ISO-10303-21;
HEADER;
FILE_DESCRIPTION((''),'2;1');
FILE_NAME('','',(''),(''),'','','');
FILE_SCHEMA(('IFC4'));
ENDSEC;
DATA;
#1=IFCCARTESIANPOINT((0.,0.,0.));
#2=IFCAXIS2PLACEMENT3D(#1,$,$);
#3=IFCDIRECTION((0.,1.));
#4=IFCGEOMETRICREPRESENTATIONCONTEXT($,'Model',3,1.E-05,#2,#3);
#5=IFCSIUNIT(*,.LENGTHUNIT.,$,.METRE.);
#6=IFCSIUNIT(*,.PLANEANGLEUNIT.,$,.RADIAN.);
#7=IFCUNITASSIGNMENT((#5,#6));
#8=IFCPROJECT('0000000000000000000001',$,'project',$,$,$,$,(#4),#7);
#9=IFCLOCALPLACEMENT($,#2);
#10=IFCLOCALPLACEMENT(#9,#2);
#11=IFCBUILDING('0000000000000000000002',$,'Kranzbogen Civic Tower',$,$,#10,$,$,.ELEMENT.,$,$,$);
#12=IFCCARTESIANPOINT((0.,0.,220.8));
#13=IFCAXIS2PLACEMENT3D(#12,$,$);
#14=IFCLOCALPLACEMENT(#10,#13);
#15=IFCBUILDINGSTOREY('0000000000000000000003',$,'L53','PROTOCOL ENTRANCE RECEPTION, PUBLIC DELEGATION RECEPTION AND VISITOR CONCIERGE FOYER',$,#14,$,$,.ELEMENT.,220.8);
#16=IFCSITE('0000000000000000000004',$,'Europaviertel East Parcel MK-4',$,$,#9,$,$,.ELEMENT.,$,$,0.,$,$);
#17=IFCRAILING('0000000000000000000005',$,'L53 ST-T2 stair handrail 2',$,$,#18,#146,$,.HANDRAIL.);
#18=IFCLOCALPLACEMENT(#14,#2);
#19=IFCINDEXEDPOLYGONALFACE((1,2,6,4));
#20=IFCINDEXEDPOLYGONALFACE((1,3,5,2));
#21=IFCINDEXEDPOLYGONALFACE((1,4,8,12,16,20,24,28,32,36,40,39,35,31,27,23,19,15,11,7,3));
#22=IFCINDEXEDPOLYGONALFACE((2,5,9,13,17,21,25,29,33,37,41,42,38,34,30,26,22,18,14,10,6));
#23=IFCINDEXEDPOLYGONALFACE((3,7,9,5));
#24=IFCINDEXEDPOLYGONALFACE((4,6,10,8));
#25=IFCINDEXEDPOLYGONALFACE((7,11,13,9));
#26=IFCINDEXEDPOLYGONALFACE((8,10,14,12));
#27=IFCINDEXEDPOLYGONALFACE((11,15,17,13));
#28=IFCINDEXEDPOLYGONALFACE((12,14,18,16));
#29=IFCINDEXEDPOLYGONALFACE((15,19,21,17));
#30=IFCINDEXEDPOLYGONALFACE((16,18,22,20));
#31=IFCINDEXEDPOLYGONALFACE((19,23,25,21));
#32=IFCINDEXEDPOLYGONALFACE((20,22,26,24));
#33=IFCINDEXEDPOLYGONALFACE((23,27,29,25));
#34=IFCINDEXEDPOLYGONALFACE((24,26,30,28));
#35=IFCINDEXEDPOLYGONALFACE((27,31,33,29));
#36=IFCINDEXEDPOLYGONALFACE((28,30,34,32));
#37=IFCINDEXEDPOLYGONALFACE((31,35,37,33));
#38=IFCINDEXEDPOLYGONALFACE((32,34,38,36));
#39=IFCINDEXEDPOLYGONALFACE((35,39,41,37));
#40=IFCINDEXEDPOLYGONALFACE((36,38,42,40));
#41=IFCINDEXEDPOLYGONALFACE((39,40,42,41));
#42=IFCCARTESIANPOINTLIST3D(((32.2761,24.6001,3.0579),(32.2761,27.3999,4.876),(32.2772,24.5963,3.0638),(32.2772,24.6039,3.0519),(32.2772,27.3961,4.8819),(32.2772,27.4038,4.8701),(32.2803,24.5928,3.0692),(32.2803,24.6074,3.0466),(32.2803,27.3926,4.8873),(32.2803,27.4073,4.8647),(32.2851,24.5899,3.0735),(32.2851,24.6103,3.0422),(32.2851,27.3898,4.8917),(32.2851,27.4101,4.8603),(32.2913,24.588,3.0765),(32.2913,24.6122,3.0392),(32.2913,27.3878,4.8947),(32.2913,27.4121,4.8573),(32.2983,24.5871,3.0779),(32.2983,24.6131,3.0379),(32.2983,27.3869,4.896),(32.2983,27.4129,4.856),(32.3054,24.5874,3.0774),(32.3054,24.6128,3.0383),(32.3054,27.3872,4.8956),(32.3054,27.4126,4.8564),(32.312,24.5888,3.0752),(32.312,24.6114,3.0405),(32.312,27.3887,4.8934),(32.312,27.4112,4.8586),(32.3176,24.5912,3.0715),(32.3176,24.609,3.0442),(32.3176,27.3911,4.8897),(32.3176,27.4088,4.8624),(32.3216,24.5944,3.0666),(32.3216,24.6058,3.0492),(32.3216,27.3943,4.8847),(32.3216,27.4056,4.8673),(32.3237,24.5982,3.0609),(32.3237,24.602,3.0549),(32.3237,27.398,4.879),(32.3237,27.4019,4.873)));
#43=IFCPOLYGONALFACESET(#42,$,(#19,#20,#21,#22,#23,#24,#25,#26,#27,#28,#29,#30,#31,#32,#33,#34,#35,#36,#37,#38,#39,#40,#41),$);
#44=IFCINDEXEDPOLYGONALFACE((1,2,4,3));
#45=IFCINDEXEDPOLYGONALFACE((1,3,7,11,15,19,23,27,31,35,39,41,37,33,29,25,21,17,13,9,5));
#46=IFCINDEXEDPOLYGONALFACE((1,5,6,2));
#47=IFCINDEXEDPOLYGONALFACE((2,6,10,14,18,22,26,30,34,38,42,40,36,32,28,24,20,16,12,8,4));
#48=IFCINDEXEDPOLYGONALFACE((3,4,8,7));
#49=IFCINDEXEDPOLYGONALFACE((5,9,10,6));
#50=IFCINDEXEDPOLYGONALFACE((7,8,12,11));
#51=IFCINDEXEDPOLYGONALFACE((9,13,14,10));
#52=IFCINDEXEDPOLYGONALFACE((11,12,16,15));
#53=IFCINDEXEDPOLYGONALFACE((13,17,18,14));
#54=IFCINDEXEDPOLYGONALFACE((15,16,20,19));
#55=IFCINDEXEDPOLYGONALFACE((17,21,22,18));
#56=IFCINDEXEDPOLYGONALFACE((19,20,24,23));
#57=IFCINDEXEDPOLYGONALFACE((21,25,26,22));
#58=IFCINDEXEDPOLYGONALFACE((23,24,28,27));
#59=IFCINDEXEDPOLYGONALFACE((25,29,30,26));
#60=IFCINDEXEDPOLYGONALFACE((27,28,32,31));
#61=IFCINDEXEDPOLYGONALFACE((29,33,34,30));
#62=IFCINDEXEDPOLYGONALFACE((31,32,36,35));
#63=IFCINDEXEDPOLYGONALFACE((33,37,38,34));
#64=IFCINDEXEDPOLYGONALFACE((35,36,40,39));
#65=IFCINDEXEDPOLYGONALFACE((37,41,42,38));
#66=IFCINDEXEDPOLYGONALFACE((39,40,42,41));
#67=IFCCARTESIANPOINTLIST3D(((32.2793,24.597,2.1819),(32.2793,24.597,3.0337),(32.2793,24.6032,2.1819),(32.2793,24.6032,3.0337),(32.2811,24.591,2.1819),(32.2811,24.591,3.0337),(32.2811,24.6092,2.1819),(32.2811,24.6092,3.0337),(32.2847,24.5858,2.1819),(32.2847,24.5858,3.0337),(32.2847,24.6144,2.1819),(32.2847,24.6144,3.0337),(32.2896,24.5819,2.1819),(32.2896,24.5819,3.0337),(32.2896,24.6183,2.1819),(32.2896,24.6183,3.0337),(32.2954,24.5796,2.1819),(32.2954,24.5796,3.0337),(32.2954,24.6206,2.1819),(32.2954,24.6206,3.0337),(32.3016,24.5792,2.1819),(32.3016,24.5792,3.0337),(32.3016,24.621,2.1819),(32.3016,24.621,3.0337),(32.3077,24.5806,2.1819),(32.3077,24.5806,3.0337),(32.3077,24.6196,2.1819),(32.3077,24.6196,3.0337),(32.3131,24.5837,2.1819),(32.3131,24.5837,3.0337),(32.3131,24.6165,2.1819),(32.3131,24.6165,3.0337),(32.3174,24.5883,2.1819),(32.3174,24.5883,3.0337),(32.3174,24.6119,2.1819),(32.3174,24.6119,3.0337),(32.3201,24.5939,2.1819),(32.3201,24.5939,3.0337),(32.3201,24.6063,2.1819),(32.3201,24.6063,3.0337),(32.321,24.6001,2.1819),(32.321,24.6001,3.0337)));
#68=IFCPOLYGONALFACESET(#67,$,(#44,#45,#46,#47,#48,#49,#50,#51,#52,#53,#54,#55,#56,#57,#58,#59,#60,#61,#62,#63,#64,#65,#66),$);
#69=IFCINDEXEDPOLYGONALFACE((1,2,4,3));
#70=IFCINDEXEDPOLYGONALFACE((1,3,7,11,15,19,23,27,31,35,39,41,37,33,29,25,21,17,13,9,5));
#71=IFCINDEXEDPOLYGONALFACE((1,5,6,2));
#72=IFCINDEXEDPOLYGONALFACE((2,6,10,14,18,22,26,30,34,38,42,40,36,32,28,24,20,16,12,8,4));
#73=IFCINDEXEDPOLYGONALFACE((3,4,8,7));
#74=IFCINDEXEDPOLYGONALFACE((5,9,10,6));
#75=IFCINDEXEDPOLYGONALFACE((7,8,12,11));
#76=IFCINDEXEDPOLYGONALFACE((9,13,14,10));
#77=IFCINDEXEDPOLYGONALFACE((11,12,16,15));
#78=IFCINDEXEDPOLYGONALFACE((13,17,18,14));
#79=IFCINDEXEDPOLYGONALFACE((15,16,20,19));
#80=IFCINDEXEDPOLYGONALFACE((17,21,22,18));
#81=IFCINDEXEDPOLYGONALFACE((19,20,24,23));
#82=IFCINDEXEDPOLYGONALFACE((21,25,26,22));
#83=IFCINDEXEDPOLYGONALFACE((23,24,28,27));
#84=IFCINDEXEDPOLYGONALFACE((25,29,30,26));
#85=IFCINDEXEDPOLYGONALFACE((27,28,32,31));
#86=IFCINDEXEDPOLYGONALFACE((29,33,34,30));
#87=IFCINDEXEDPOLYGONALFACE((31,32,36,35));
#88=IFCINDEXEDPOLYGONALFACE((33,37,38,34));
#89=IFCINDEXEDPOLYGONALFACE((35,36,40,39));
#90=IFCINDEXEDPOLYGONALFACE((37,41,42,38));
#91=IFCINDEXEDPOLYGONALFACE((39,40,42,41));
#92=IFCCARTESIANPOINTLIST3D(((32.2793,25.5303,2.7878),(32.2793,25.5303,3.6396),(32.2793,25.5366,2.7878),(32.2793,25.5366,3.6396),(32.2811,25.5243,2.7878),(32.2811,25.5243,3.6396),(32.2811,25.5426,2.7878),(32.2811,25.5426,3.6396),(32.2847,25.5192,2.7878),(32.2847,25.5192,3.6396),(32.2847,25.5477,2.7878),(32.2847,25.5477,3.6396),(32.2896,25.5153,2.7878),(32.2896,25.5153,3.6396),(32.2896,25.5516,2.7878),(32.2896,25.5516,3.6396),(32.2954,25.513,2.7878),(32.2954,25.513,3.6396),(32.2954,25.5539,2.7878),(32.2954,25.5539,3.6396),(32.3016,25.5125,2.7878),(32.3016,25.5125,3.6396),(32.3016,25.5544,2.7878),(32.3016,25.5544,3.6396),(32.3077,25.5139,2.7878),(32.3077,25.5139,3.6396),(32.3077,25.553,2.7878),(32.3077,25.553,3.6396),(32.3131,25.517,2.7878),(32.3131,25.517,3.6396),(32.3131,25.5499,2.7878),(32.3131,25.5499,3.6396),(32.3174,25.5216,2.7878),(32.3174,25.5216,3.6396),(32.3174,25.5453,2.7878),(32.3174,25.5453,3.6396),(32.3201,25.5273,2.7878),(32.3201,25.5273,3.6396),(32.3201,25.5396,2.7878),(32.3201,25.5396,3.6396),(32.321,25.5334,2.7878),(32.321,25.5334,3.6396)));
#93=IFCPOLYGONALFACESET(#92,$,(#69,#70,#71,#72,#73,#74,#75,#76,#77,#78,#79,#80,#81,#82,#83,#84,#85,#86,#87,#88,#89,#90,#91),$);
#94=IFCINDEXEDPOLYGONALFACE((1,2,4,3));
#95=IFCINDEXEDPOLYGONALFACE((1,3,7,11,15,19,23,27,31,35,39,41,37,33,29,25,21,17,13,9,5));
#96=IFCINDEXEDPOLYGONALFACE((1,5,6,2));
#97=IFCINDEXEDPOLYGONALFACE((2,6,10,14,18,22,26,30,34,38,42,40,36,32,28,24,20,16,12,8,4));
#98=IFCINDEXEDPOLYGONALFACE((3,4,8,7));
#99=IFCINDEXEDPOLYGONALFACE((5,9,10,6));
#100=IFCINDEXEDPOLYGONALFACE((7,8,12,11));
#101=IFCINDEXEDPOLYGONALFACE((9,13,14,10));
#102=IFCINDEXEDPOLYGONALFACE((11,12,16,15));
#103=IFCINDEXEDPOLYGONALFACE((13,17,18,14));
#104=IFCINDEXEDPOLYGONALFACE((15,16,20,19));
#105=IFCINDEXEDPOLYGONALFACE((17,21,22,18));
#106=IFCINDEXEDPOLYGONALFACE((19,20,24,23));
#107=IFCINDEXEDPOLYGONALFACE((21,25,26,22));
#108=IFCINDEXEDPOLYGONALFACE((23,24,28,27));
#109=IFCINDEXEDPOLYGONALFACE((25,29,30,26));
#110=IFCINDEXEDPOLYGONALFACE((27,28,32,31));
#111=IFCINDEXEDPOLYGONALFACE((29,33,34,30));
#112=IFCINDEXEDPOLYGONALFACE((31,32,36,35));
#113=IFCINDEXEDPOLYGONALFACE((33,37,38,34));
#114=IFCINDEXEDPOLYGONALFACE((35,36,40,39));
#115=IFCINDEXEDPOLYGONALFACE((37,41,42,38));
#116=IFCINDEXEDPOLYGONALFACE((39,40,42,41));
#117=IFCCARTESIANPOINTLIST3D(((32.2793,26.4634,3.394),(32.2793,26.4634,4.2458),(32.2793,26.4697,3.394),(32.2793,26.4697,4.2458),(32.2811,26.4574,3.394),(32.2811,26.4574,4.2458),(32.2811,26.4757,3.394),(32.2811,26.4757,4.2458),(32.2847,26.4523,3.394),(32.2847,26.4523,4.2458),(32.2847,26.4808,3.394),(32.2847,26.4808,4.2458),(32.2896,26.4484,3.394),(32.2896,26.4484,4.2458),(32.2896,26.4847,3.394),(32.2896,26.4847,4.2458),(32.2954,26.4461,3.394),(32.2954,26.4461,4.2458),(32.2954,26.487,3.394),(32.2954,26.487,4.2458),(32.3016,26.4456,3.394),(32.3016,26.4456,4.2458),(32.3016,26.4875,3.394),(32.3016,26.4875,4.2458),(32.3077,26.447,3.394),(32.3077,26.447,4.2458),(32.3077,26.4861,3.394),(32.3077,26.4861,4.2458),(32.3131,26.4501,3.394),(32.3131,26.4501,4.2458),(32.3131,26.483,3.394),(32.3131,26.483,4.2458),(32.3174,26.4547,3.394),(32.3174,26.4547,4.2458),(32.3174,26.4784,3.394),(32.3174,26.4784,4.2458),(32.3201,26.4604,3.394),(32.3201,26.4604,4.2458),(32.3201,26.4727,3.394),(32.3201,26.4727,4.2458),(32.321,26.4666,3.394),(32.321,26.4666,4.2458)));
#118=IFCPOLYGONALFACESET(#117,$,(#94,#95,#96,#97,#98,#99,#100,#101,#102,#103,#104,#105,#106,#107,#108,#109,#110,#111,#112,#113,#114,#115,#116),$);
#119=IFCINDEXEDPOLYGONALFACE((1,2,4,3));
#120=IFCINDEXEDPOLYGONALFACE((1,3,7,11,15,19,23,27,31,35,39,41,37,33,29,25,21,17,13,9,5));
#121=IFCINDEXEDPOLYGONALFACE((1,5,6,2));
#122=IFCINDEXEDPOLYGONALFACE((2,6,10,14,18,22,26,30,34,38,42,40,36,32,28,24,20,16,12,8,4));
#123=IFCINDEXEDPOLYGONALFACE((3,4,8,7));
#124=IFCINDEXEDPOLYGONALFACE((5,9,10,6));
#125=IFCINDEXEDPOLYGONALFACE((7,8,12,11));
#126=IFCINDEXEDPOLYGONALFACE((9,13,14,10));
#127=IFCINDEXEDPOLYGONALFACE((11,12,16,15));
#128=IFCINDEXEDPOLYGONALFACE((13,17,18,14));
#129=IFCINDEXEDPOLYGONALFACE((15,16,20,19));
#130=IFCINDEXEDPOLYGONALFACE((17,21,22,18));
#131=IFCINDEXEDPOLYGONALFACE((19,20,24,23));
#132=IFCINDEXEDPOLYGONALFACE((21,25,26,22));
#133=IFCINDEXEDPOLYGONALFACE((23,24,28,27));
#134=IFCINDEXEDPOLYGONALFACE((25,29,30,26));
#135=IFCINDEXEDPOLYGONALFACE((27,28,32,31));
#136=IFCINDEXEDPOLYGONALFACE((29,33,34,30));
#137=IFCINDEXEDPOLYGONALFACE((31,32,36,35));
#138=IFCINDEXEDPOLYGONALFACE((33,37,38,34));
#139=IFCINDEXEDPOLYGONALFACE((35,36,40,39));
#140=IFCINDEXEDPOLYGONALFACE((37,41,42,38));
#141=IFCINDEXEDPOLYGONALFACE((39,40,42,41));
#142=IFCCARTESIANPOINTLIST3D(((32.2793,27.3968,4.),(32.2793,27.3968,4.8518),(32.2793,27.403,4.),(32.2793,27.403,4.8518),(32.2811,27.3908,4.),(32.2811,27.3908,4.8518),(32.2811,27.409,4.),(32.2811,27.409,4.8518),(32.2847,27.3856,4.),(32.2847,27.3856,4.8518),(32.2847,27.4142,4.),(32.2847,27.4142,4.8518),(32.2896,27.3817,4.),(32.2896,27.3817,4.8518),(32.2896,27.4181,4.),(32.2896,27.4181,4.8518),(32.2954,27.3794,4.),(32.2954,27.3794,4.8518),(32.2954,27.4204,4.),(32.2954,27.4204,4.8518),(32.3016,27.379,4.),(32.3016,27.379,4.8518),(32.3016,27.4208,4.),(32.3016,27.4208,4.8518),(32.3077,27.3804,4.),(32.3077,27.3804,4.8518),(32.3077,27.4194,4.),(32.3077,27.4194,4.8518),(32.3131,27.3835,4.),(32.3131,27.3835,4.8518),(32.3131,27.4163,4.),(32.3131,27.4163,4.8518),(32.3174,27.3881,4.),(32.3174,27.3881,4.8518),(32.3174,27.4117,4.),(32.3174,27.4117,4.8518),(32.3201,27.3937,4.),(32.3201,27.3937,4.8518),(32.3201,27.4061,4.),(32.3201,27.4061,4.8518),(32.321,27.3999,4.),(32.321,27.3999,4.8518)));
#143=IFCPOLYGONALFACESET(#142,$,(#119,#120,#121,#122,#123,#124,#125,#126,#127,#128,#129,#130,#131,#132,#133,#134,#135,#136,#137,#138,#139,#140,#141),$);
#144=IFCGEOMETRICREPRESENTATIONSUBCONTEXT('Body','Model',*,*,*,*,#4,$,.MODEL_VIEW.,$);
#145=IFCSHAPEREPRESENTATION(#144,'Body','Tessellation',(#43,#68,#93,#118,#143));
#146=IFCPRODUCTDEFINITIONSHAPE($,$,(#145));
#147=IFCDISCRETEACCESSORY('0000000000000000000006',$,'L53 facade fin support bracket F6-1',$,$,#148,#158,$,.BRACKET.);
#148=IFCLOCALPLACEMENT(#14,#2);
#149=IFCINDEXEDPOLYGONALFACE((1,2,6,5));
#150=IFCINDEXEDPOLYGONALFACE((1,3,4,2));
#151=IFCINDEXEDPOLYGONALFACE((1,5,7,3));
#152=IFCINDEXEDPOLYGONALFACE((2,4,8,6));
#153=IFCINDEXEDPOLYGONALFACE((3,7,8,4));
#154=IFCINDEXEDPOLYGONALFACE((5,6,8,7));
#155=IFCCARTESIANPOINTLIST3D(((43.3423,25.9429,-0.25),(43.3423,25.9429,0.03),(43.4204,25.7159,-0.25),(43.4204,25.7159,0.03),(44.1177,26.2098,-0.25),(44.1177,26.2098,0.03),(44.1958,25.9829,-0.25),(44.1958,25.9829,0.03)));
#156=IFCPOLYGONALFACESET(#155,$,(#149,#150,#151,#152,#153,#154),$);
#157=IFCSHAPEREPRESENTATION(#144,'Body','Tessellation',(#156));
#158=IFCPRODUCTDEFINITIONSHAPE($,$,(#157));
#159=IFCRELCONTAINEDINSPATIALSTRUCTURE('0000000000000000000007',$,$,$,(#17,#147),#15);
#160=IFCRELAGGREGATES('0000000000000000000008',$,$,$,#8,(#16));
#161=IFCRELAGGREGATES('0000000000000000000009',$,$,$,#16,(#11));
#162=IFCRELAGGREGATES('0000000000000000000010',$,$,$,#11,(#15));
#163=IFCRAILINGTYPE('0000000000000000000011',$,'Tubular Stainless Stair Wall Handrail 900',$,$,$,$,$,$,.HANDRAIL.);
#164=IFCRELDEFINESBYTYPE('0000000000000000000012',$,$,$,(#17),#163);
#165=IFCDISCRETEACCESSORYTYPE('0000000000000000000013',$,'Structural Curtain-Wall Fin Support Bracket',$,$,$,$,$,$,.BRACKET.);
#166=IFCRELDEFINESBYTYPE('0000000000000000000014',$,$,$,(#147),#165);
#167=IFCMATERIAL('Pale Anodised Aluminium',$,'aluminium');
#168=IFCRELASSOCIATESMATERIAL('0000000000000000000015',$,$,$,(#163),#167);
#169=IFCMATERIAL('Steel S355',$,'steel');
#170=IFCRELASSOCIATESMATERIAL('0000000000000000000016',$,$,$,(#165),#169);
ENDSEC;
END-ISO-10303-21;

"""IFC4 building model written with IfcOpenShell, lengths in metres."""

from ifc_helpers import new_model, si_unit, direction, frame, origin, origin_2d, place, context, subcontext, project, spatial, rectangle, circle, extrude, material, type_object, element, save


model = new_model("IFC4")

# Units and contexts
model_context = context("Model", 3, precision=1e-05, world=origin(), true_north=direction((0.0, 1.0)))
body_context = subcontext(model_context, "Body", "Model", "MODEL_VIEW")
ifc_project = project(units=[si_unit("LENGTHUNIT", "METRE"), si_unit("PLANEANGLEUNIT", "RADIAN")], contexts=[model_context])

# Site, building, storey
site_placement = place(None, origin())
site = spatial("IfcSite", under=ifc_project, at=site_placement, Name="Europaviertel East Parcel MK-4", CompositionType="ELEMENT", RefElevation=0.0)
building_placement = place(site_placement, origin())
building = spatial("IfcBuilding", under=site, at=building_placement, Name="Kranzbogen Civic Tower", CompositionType="ELEMENT")
storey_placement = place(building_placement, frame((0.0, 0.0, 220.8)))
storey = spatial("IfcBuildingStorey", under=building, at=storey_placement, Name="L53", Description="PROTOCOL ENTRANCE RECEPTION, PUBLIC DELEGATION RECEPTION AND VISITOR CONCIERGE FOYER", CompositionType="ELEMENT", Elevation=220.8)

# Shared definitions
ifc_material_1 = material(Name="Steel S355", Category="steel")

# Shared definitions
ifc_material_2 = material(Name="Pale Anodised Aluminium", Category="aluminium")

# Railing
railing_type = type_object("IfcRailingType", Name="Tubular Stainless Stair Wall Handrail 900", PredefinedType="HANDRAIL", material=ifc_material_2)
railing_placement = place(storey_placement, frame((32.3, 24.6001, 2.1819)))
element("IfcRailing", 1, at=railing_placement, inside=storey, type_object=railing_type, Name="L53 ST-T2 stair handrail 2", PredefinedType="HANDRAIL", context=body_context, shape_type="SweptSolid", body=[
    extrude(circle(Radius=0.0239, at=origin_2d()), frame((0.0, 0.0, 0.876), z_axis=(0.0, 0.838684, 0.544618), x_axis=(-1.0, 0.0, 0.0)), (0.0, 0.0, 1.0), 3.3384),
    extrude(circle(Radius=0.021, at=origin_2d()), origin(), (0.0, 0.0, 1.0), 0.8518),
    extrude(circle(Radius=0.021, at=origin_2d()), frame((0.0, 0.9333, 0.606)), (0.0, 0.0, 1.0), 0.8518),
    extrude(circle(Radius=0.021, at=origin_2d()), frame((0.0, 1.8665, 1.2122)), (0.0, 0.0, 1.0), 0.8518),
    extrude(circle(Radius=0.021, at=origin_2d()), frame((0.0, 2.7998, 1.8181)), (0.0, 0.0, 1.0), 0.8518),
])

# Discrete accessory
discrete_accessory_type = type_object("IfcDiscreteAccessoryType", Name="Structural Curtain-Wall Fin Support Bracket", PredefinedType="BRACKET", material=ifc_material_1)
discrete_accessory_placement = place(storey_placement, frame((43.769, 25.9629, -0.25), z_axis=(0.0, 0.0, 1.0), x_axis=(0.945519, 0.325568, 0.0)))
element("IfcDiscreteAccessory", 2, at=discrete_accessory_placement, inside=storey, type_object=discrete_accessory_type, Name="L53 facade fin support bracket F6-1", PredefinedType="BRACKET", context=body_context, shape_type="SweptSolid", body=[
    extrude(rectangle(XDim=0.8201, YDim=0.24, at=origin_2d()), origin(), (0.0, 0.0, 1.0), 0.28),
])

save(model, "model.ifc")
